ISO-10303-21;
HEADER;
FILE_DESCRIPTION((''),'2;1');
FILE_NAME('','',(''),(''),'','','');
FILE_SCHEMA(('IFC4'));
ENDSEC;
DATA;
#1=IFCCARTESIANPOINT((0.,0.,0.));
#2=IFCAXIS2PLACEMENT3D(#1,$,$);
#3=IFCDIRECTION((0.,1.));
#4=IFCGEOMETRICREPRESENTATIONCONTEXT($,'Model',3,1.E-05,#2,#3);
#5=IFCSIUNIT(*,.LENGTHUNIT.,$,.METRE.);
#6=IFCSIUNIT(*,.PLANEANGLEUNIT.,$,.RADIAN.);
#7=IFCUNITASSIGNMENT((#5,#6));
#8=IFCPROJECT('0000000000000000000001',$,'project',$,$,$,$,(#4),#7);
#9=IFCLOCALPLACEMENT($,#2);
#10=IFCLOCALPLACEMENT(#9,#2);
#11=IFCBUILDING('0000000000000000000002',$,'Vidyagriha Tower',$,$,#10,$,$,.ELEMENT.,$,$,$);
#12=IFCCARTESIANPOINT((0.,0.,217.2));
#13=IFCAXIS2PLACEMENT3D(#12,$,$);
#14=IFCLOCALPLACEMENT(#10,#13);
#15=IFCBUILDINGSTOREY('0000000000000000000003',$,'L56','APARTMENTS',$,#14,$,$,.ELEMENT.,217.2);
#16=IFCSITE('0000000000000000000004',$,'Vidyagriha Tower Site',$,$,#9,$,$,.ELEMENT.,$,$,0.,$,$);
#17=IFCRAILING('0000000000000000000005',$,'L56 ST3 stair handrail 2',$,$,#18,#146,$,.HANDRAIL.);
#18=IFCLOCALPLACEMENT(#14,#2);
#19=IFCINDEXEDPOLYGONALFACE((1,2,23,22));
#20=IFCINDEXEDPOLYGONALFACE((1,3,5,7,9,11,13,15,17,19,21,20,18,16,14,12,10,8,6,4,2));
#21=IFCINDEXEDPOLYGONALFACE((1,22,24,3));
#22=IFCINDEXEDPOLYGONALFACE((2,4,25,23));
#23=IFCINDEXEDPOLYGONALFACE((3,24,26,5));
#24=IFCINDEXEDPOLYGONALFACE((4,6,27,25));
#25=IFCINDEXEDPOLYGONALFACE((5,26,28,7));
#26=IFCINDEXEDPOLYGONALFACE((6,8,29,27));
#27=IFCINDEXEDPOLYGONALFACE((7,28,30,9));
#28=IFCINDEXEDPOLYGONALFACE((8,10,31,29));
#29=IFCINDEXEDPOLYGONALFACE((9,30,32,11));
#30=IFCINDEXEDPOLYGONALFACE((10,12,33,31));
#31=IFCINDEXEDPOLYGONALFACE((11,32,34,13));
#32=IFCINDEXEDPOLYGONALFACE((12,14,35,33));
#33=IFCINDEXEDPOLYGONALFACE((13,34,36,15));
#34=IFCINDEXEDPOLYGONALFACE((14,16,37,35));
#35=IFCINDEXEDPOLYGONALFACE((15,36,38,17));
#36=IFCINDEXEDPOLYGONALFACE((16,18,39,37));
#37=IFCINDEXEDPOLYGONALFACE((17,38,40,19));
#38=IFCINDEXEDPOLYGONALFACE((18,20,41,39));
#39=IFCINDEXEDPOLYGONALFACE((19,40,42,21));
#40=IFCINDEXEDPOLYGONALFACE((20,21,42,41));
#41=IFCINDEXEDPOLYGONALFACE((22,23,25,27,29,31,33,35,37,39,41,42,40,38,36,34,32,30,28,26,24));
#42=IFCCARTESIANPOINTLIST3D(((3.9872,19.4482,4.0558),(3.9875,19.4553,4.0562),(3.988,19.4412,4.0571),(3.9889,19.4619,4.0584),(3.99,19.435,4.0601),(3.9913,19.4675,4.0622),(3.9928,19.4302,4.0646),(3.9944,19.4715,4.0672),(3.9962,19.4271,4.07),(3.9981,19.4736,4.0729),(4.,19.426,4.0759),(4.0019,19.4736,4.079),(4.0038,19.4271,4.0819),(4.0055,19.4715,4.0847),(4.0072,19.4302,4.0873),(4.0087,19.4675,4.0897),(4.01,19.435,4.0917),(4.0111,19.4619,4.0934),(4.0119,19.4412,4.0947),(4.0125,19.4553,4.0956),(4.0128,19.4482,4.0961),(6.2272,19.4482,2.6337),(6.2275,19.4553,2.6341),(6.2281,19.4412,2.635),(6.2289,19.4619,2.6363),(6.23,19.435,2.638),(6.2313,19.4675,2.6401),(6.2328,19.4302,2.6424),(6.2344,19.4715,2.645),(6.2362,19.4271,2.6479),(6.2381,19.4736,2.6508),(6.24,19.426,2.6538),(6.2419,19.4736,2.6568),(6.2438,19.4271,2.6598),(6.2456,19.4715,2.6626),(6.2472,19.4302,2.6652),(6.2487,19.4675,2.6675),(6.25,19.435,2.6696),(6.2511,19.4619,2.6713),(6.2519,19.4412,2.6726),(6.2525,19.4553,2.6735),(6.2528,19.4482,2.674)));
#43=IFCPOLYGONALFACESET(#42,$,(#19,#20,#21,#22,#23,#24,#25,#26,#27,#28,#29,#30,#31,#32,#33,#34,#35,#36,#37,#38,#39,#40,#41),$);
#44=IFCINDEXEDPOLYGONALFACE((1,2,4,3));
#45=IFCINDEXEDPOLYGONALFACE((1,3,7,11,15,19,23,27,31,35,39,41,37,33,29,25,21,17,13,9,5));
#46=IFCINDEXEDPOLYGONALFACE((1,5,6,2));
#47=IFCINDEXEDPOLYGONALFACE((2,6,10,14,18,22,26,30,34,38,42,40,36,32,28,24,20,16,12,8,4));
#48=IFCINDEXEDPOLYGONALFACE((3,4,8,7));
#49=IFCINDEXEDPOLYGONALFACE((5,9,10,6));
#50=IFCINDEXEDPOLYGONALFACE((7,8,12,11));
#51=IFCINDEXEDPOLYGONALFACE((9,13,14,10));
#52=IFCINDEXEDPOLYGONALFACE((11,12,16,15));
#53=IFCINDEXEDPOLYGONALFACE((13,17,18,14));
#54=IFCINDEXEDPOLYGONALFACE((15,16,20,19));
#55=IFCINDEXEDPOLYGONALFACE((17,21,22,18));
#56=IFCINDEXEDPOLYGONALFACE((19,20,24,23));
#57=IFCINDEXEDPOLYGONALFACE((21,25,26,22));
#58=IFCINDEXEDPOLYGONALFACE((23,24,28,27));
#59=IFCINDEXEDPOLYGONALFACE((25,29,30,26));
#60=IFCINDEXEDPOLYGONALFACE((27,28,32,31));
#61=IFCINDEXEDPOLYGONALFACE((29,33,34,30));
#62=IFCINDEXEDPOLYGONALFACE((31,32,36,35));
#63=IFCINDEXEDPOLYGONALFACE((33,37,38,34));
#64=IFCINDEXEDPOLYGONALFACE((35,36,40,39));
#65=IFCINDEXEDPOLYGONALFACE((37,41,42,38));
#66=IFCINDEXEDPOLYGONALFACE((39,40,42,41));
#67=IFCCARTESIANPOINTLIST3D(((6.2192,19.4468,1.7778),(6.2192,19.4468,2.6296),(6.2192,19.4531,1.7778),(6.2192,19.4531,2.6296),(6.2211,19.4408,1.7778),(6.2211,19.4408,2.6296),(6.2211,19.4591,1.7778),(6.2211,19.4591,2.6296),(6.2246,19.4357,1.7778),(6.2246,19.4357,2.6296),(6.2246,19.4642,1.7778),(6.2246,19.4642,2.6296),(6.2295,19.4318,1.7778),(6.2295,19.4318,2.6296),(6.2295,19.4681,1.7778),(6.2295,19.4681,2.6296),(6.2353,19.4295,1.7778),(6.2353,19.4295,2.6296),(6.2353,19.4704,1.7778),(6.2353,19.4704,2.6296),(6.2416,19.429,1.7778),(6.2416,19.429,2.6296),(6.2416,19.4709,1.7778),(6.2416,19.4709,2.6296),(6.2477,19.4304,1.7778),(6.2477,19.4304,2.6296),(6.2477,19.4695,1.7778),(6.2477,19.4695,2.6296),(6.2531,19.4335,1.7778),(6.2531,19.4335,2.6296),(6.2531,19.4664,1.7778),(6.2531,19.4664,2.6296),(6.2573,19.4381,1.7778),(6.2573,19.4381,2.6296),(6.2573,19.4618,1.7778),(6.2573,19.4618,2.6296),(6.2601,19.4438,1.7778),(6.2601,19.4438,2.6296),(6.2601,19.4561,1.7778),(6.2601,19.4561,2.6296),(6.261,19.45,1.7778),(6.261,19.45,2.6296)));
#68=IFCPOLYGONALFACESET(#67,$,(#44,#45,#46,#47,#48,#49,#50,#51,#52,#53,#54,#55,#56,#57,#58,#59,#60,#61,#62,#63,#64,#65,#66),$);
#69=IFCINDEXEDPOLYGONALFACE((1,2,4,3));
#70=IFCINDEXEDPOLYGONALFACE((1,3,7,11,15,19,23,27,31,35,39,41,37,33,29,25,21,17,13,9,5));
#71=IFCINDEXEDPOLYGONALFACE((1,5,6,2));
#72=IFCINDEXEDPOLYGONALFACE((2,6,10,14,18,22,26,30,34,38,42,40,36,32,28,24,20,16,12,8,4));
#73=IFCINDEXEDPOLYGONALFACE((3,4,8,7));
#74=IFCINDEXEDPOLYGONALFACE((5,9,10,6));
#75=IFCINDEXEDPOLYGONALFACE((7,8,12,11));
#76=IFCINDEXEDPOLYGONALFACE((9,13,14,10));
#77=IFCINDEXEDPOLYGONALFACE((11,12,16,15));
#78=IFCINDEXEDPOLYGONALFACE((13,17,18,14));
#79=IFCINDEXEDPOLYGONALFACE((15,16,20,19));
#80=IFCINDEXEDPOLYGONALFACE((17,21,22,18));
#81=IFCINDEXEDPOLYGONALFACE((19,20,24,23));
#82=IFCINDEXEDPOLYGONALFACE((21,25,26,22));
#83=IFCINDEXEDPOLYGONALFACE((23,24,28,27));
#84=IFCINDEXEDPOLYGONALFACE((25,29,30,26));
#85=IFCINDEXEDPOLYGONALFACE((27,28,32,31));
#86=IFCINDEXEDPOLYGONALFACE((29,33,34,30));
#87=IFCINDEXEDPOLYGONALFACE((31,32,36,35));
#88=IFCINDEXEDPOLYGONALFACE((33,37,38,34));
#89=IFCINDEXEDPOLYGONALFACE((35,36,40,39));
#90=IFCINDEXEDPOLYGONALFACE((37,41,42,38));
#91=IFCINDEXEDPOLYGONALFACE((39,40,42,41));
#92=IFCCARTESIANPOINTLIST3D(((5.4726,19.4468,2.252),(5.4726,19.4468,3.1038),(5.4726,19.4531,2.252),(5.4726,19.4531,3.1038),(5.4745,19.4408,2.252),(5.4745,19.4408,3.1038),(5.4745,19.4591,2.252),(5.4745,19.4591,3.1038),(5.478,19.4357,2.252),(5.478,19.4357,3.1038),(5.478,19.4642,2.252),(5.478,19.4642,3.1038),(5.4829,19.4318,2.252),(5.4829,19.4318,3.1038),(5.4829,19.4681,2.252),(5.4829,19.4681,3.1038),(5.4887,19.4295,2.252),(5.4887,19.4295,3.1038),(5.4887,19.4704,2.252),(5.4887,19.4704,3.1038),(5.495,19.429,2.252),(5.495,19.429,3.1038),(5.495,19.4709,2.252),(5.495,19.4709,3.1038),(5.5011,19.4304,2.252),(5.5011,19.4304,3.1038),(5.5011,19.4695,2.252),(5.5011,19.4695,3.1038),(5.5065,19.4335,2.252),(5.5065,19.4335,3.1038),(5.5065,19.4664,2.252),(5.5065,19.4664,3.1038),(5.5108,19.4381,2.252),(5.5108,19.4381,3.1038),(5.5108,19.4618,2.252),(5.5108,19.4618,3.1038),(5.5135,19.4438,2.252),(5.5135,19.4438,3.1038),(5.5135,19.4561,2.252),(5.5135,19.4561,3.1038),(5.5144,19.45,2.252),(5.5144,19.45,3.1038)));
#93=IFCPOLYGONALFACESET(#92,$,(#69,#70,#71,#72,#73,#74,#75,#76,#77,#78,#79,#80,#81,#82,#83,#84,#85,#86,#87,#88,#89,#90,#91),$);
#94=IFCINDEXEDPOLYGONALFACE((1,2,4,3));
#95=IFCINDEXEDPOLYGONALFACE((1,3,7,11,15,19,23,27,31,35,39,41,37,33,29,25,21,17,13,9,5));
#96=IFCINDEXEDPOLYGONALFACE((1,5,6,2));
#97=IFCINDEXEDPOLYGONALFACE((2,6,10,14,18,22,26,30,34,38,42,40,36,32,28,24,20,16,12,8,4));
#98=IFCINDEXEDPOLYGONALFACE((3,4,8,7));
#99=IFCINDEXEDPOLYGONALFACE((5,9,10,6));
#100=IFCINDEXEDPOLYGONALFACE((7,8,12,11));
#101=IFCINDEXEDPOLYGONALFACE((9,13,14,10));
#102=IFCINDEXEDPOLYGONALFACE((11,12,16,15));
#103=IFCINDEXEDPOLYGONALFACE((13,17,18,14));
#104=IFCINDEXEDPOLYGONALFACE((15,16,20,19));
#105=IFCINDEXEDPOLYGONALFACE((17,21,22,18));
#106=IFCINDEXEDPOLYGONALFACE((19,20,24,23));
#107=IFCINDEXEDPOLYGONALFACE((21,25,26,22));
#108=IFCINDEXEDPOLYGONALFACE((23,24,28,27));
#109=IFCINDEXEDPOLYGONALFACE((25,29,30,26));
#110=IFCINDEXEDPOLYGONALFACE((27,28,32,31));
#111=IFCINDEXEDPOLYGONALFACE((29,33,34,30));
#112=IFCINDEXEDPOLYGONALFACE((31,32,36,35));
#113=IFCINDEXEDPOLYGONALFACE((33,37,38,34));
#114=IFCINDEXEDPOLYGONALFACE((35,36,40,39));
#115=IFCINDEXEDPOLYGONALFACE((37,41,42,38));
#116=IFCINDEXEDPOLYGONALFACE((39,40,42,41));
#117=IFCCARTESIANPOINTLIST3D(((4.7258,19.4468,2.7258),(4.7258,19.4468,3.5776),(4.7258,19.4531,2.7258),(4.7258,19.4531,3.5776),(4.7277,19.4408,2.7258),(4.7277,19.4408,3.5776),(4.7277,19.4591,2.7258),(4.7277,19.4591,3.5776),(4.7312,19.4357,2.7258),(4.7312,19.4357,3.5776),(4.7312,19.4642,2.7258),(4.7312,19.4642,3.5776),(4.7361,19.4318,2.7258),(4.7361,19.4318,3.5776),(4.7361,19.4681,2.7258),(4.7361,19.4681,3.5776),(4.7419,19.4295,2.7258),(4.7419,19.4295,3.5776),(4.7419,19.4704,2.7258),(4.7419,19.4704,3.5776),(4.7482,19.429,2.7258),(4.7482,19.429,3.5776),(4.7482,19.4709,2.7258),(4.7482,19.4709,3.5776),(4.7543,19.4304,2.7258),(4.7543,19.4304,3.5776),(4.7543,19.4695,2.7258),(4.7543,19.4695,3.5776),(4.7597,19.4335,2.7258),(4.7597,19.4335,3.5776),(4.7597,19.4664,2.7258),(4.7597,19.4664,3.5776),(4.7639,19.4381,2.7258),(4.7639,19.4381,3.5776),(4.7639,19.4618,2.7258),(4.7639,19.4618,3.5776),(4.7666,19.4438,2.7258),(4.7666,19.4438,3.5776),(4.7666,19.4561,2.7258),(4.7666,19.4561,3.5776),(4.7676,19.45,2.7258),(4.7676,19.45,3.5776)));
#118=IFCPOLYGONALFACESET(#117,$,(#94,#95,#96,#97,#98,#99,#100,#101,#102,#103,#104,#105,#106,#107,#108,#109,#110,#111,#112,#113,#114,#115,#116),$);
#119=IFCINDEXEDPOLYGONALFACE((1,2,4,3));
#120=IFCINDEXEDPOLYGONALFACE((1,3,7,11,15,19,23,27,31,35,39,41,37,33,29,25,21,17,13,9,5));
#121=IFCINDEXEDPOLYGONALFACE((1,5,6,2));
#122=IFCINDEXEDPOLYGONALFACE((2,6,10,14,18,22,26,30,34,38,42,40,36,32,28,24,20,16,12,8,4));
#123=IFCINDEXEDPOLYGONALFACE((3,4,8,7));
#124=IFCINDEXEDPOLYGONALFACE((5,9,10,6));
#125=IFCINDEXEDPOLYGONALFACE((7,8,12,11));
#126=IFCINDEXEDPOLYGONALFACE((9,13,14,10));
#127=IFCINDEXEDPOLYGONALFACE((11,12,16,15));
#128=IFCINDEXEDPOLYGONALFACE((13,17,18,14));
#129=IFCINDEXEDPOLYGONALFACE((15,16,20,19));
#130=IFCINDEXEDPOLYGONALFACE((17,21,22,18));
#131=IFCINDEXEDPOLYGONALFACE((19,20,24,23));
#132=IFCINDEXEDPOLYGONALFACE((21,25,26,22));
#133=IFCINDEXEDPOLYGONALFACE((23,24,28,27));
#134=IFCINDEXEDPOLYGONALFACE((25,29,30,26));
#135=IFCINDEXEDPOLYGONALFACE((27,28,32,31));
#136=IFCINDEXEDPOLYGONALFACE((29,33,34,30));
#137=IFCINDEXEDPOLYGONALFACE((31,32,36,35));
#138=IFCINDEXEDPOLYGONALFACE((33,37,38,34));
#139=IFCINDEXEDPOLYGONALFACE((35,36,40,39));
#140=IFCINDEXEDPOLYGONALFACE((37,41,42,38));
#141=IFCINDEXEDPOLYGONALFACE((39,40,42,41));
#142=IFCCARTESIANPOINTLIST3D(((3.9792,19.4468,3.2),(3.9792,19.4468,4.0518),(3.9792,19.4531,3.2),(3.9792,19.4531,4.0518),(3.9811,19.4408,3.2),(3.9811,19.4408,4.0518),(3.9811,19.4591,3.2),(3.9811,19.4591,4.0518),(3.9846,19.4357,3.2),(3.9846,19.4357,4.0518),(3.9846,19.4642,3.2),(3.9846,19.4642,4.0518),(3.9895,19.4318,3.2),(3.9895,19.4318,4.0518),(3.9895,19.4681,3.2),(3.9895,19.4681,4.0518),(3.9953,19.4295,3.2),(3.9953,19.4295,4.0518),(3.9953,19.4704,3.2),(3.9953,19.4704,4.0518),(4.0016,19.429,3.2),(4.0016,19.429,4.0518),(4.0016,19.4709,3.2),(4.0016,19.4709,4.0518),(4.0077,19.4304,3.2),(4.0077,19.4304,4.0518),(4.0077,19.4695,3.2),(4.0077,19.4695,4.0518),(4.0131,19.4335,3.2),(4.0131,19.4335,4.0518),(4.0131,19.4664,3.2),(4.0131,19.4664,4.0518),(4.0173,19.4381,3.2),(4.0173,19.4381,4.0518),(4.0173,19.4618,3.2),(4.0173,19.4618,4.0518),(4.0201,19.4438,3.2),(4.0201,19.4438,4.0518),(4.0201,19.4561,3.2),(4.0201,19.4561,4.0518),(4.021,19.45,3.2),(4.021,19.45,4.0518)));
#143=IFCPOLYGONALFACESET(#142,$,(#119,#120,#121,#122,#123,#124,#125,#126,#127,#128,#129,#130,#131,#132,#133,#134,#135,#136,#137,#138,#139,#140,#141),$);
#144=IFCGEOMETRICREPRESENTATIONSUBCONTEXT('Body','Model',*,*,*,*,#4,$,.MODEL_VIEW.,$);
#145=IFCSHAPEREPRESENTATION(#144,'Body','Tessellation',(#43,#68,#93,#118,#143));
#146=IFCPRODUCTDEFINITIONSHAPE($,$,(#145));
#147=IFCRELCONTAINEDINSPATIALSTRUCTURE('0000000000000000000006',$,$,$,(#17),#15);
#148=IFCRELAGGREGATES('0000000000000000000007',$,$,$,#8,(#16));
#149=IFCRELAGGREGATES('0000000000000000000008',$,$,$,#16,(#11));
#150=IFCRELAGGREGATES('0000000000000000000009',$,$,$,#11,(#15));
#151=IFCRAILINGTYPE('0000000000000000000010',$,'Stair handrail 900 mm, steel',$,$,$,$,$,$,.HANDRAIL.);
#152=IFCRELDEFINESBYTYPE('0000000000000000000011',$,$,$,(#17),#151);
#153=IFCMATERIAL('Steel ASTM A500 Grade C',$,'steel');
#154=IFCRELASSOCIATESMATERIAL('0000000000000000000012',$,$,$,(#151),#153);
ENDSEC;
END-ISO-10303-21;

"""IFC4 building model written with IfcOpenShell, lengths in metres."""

from ifc_helpers import new_model, si_unit, direction, frame, origin, origin_2d, place, context, subcontext, project, spatial, circle, extrude, material, type_object, element, save


model = new_model("IFC4")

# Units and contexts
model_context = context("Model", 3, precision=1e-05, world=origin(), true_north=direction((0.0, 1.0)))
body_context = subcontext(model_context, "Body", "Model", "MODEL_VIEW")
ifc_project = project(units=[si_unit("LENGTHUNIT", "METRE"), si_unit("PLANEANGLEUNIT", "RADIAN")], contexts=[model_context])

# Site, building, storey
site_placement = place(None, origin())
site = spatial("IfcSite", under=ifc_project, at=site_placement, Name="Vidyagriha Tower Site", CompositionType="ELEMENT", RefElevation=0.0)
building_placement = place(site_placement, origin())
building = spatial("IfcBuilding", under=site, at=building_placement, Name="Vidyagriha Tower", CompositionType="ELEMENT")
storey_placement = place(building_placement, frame((0.0, 0.0, 217.2)))
storey = spatial("IfcBuildingStorey", under=building, at=storey_placement, Name="L56", Description="APARTMENTS", CompositionType="ELEMENT", Elevation=217.2)

# Railing
ifc_material_1 = material(Name="Steel ASTM A500 Grade C", Category="steel")
railing_type_1 = type_object("IfcRailingType", Name="Stair handrail 900 mm, steel", PredefinedType="HANDRAIL", material=ifc_material_1)
railing_1_placement = place(storey_placement, frame((6.24, 19.45, 1.7778)))
element("IfcRailing", 1, at=railing_1_placement, inside=storey, type_object=railing_type_1, Name="L56 ST3 stair handrail 2", PredefinedType="HANDRAIL", context=body_context, shape_type="SweptSolid", body=[
    extrude(circle(Radius=0.0239, at=origin_2d()), frame((0.0, 0.0, 0.876), z_axis=(-0.844229, 0.0, 0.535982), x_axis=(0.0, -1.0, 0.0)), (0.0, 0.0, 1.0), 2.6533),
    extrude(circle(Radius=0.021, at=origin_2d()), origin(), (0.0, 0.0, 1.0), 0.8518),
    extrude(circle(Radius=0.021, at=origin_2d()), frame((-0.7466, 0.0, 0.4741)), (0.0, 0.0, 1.0), 0.8518),
    extrude(circle(Radius=0.021, at=origin_2d()), frame((-1.4934, 0.0, 0.948)), (0.0, 0.0, 1.0), 0.8518),
    extrude(circle(Radius=0.021, at=origin_2d()), frame((-2.24, 0.0, 1.4221)), (0.0, 0.0, 1.0), 0.8518),
])

save(model, "model.ifc")
